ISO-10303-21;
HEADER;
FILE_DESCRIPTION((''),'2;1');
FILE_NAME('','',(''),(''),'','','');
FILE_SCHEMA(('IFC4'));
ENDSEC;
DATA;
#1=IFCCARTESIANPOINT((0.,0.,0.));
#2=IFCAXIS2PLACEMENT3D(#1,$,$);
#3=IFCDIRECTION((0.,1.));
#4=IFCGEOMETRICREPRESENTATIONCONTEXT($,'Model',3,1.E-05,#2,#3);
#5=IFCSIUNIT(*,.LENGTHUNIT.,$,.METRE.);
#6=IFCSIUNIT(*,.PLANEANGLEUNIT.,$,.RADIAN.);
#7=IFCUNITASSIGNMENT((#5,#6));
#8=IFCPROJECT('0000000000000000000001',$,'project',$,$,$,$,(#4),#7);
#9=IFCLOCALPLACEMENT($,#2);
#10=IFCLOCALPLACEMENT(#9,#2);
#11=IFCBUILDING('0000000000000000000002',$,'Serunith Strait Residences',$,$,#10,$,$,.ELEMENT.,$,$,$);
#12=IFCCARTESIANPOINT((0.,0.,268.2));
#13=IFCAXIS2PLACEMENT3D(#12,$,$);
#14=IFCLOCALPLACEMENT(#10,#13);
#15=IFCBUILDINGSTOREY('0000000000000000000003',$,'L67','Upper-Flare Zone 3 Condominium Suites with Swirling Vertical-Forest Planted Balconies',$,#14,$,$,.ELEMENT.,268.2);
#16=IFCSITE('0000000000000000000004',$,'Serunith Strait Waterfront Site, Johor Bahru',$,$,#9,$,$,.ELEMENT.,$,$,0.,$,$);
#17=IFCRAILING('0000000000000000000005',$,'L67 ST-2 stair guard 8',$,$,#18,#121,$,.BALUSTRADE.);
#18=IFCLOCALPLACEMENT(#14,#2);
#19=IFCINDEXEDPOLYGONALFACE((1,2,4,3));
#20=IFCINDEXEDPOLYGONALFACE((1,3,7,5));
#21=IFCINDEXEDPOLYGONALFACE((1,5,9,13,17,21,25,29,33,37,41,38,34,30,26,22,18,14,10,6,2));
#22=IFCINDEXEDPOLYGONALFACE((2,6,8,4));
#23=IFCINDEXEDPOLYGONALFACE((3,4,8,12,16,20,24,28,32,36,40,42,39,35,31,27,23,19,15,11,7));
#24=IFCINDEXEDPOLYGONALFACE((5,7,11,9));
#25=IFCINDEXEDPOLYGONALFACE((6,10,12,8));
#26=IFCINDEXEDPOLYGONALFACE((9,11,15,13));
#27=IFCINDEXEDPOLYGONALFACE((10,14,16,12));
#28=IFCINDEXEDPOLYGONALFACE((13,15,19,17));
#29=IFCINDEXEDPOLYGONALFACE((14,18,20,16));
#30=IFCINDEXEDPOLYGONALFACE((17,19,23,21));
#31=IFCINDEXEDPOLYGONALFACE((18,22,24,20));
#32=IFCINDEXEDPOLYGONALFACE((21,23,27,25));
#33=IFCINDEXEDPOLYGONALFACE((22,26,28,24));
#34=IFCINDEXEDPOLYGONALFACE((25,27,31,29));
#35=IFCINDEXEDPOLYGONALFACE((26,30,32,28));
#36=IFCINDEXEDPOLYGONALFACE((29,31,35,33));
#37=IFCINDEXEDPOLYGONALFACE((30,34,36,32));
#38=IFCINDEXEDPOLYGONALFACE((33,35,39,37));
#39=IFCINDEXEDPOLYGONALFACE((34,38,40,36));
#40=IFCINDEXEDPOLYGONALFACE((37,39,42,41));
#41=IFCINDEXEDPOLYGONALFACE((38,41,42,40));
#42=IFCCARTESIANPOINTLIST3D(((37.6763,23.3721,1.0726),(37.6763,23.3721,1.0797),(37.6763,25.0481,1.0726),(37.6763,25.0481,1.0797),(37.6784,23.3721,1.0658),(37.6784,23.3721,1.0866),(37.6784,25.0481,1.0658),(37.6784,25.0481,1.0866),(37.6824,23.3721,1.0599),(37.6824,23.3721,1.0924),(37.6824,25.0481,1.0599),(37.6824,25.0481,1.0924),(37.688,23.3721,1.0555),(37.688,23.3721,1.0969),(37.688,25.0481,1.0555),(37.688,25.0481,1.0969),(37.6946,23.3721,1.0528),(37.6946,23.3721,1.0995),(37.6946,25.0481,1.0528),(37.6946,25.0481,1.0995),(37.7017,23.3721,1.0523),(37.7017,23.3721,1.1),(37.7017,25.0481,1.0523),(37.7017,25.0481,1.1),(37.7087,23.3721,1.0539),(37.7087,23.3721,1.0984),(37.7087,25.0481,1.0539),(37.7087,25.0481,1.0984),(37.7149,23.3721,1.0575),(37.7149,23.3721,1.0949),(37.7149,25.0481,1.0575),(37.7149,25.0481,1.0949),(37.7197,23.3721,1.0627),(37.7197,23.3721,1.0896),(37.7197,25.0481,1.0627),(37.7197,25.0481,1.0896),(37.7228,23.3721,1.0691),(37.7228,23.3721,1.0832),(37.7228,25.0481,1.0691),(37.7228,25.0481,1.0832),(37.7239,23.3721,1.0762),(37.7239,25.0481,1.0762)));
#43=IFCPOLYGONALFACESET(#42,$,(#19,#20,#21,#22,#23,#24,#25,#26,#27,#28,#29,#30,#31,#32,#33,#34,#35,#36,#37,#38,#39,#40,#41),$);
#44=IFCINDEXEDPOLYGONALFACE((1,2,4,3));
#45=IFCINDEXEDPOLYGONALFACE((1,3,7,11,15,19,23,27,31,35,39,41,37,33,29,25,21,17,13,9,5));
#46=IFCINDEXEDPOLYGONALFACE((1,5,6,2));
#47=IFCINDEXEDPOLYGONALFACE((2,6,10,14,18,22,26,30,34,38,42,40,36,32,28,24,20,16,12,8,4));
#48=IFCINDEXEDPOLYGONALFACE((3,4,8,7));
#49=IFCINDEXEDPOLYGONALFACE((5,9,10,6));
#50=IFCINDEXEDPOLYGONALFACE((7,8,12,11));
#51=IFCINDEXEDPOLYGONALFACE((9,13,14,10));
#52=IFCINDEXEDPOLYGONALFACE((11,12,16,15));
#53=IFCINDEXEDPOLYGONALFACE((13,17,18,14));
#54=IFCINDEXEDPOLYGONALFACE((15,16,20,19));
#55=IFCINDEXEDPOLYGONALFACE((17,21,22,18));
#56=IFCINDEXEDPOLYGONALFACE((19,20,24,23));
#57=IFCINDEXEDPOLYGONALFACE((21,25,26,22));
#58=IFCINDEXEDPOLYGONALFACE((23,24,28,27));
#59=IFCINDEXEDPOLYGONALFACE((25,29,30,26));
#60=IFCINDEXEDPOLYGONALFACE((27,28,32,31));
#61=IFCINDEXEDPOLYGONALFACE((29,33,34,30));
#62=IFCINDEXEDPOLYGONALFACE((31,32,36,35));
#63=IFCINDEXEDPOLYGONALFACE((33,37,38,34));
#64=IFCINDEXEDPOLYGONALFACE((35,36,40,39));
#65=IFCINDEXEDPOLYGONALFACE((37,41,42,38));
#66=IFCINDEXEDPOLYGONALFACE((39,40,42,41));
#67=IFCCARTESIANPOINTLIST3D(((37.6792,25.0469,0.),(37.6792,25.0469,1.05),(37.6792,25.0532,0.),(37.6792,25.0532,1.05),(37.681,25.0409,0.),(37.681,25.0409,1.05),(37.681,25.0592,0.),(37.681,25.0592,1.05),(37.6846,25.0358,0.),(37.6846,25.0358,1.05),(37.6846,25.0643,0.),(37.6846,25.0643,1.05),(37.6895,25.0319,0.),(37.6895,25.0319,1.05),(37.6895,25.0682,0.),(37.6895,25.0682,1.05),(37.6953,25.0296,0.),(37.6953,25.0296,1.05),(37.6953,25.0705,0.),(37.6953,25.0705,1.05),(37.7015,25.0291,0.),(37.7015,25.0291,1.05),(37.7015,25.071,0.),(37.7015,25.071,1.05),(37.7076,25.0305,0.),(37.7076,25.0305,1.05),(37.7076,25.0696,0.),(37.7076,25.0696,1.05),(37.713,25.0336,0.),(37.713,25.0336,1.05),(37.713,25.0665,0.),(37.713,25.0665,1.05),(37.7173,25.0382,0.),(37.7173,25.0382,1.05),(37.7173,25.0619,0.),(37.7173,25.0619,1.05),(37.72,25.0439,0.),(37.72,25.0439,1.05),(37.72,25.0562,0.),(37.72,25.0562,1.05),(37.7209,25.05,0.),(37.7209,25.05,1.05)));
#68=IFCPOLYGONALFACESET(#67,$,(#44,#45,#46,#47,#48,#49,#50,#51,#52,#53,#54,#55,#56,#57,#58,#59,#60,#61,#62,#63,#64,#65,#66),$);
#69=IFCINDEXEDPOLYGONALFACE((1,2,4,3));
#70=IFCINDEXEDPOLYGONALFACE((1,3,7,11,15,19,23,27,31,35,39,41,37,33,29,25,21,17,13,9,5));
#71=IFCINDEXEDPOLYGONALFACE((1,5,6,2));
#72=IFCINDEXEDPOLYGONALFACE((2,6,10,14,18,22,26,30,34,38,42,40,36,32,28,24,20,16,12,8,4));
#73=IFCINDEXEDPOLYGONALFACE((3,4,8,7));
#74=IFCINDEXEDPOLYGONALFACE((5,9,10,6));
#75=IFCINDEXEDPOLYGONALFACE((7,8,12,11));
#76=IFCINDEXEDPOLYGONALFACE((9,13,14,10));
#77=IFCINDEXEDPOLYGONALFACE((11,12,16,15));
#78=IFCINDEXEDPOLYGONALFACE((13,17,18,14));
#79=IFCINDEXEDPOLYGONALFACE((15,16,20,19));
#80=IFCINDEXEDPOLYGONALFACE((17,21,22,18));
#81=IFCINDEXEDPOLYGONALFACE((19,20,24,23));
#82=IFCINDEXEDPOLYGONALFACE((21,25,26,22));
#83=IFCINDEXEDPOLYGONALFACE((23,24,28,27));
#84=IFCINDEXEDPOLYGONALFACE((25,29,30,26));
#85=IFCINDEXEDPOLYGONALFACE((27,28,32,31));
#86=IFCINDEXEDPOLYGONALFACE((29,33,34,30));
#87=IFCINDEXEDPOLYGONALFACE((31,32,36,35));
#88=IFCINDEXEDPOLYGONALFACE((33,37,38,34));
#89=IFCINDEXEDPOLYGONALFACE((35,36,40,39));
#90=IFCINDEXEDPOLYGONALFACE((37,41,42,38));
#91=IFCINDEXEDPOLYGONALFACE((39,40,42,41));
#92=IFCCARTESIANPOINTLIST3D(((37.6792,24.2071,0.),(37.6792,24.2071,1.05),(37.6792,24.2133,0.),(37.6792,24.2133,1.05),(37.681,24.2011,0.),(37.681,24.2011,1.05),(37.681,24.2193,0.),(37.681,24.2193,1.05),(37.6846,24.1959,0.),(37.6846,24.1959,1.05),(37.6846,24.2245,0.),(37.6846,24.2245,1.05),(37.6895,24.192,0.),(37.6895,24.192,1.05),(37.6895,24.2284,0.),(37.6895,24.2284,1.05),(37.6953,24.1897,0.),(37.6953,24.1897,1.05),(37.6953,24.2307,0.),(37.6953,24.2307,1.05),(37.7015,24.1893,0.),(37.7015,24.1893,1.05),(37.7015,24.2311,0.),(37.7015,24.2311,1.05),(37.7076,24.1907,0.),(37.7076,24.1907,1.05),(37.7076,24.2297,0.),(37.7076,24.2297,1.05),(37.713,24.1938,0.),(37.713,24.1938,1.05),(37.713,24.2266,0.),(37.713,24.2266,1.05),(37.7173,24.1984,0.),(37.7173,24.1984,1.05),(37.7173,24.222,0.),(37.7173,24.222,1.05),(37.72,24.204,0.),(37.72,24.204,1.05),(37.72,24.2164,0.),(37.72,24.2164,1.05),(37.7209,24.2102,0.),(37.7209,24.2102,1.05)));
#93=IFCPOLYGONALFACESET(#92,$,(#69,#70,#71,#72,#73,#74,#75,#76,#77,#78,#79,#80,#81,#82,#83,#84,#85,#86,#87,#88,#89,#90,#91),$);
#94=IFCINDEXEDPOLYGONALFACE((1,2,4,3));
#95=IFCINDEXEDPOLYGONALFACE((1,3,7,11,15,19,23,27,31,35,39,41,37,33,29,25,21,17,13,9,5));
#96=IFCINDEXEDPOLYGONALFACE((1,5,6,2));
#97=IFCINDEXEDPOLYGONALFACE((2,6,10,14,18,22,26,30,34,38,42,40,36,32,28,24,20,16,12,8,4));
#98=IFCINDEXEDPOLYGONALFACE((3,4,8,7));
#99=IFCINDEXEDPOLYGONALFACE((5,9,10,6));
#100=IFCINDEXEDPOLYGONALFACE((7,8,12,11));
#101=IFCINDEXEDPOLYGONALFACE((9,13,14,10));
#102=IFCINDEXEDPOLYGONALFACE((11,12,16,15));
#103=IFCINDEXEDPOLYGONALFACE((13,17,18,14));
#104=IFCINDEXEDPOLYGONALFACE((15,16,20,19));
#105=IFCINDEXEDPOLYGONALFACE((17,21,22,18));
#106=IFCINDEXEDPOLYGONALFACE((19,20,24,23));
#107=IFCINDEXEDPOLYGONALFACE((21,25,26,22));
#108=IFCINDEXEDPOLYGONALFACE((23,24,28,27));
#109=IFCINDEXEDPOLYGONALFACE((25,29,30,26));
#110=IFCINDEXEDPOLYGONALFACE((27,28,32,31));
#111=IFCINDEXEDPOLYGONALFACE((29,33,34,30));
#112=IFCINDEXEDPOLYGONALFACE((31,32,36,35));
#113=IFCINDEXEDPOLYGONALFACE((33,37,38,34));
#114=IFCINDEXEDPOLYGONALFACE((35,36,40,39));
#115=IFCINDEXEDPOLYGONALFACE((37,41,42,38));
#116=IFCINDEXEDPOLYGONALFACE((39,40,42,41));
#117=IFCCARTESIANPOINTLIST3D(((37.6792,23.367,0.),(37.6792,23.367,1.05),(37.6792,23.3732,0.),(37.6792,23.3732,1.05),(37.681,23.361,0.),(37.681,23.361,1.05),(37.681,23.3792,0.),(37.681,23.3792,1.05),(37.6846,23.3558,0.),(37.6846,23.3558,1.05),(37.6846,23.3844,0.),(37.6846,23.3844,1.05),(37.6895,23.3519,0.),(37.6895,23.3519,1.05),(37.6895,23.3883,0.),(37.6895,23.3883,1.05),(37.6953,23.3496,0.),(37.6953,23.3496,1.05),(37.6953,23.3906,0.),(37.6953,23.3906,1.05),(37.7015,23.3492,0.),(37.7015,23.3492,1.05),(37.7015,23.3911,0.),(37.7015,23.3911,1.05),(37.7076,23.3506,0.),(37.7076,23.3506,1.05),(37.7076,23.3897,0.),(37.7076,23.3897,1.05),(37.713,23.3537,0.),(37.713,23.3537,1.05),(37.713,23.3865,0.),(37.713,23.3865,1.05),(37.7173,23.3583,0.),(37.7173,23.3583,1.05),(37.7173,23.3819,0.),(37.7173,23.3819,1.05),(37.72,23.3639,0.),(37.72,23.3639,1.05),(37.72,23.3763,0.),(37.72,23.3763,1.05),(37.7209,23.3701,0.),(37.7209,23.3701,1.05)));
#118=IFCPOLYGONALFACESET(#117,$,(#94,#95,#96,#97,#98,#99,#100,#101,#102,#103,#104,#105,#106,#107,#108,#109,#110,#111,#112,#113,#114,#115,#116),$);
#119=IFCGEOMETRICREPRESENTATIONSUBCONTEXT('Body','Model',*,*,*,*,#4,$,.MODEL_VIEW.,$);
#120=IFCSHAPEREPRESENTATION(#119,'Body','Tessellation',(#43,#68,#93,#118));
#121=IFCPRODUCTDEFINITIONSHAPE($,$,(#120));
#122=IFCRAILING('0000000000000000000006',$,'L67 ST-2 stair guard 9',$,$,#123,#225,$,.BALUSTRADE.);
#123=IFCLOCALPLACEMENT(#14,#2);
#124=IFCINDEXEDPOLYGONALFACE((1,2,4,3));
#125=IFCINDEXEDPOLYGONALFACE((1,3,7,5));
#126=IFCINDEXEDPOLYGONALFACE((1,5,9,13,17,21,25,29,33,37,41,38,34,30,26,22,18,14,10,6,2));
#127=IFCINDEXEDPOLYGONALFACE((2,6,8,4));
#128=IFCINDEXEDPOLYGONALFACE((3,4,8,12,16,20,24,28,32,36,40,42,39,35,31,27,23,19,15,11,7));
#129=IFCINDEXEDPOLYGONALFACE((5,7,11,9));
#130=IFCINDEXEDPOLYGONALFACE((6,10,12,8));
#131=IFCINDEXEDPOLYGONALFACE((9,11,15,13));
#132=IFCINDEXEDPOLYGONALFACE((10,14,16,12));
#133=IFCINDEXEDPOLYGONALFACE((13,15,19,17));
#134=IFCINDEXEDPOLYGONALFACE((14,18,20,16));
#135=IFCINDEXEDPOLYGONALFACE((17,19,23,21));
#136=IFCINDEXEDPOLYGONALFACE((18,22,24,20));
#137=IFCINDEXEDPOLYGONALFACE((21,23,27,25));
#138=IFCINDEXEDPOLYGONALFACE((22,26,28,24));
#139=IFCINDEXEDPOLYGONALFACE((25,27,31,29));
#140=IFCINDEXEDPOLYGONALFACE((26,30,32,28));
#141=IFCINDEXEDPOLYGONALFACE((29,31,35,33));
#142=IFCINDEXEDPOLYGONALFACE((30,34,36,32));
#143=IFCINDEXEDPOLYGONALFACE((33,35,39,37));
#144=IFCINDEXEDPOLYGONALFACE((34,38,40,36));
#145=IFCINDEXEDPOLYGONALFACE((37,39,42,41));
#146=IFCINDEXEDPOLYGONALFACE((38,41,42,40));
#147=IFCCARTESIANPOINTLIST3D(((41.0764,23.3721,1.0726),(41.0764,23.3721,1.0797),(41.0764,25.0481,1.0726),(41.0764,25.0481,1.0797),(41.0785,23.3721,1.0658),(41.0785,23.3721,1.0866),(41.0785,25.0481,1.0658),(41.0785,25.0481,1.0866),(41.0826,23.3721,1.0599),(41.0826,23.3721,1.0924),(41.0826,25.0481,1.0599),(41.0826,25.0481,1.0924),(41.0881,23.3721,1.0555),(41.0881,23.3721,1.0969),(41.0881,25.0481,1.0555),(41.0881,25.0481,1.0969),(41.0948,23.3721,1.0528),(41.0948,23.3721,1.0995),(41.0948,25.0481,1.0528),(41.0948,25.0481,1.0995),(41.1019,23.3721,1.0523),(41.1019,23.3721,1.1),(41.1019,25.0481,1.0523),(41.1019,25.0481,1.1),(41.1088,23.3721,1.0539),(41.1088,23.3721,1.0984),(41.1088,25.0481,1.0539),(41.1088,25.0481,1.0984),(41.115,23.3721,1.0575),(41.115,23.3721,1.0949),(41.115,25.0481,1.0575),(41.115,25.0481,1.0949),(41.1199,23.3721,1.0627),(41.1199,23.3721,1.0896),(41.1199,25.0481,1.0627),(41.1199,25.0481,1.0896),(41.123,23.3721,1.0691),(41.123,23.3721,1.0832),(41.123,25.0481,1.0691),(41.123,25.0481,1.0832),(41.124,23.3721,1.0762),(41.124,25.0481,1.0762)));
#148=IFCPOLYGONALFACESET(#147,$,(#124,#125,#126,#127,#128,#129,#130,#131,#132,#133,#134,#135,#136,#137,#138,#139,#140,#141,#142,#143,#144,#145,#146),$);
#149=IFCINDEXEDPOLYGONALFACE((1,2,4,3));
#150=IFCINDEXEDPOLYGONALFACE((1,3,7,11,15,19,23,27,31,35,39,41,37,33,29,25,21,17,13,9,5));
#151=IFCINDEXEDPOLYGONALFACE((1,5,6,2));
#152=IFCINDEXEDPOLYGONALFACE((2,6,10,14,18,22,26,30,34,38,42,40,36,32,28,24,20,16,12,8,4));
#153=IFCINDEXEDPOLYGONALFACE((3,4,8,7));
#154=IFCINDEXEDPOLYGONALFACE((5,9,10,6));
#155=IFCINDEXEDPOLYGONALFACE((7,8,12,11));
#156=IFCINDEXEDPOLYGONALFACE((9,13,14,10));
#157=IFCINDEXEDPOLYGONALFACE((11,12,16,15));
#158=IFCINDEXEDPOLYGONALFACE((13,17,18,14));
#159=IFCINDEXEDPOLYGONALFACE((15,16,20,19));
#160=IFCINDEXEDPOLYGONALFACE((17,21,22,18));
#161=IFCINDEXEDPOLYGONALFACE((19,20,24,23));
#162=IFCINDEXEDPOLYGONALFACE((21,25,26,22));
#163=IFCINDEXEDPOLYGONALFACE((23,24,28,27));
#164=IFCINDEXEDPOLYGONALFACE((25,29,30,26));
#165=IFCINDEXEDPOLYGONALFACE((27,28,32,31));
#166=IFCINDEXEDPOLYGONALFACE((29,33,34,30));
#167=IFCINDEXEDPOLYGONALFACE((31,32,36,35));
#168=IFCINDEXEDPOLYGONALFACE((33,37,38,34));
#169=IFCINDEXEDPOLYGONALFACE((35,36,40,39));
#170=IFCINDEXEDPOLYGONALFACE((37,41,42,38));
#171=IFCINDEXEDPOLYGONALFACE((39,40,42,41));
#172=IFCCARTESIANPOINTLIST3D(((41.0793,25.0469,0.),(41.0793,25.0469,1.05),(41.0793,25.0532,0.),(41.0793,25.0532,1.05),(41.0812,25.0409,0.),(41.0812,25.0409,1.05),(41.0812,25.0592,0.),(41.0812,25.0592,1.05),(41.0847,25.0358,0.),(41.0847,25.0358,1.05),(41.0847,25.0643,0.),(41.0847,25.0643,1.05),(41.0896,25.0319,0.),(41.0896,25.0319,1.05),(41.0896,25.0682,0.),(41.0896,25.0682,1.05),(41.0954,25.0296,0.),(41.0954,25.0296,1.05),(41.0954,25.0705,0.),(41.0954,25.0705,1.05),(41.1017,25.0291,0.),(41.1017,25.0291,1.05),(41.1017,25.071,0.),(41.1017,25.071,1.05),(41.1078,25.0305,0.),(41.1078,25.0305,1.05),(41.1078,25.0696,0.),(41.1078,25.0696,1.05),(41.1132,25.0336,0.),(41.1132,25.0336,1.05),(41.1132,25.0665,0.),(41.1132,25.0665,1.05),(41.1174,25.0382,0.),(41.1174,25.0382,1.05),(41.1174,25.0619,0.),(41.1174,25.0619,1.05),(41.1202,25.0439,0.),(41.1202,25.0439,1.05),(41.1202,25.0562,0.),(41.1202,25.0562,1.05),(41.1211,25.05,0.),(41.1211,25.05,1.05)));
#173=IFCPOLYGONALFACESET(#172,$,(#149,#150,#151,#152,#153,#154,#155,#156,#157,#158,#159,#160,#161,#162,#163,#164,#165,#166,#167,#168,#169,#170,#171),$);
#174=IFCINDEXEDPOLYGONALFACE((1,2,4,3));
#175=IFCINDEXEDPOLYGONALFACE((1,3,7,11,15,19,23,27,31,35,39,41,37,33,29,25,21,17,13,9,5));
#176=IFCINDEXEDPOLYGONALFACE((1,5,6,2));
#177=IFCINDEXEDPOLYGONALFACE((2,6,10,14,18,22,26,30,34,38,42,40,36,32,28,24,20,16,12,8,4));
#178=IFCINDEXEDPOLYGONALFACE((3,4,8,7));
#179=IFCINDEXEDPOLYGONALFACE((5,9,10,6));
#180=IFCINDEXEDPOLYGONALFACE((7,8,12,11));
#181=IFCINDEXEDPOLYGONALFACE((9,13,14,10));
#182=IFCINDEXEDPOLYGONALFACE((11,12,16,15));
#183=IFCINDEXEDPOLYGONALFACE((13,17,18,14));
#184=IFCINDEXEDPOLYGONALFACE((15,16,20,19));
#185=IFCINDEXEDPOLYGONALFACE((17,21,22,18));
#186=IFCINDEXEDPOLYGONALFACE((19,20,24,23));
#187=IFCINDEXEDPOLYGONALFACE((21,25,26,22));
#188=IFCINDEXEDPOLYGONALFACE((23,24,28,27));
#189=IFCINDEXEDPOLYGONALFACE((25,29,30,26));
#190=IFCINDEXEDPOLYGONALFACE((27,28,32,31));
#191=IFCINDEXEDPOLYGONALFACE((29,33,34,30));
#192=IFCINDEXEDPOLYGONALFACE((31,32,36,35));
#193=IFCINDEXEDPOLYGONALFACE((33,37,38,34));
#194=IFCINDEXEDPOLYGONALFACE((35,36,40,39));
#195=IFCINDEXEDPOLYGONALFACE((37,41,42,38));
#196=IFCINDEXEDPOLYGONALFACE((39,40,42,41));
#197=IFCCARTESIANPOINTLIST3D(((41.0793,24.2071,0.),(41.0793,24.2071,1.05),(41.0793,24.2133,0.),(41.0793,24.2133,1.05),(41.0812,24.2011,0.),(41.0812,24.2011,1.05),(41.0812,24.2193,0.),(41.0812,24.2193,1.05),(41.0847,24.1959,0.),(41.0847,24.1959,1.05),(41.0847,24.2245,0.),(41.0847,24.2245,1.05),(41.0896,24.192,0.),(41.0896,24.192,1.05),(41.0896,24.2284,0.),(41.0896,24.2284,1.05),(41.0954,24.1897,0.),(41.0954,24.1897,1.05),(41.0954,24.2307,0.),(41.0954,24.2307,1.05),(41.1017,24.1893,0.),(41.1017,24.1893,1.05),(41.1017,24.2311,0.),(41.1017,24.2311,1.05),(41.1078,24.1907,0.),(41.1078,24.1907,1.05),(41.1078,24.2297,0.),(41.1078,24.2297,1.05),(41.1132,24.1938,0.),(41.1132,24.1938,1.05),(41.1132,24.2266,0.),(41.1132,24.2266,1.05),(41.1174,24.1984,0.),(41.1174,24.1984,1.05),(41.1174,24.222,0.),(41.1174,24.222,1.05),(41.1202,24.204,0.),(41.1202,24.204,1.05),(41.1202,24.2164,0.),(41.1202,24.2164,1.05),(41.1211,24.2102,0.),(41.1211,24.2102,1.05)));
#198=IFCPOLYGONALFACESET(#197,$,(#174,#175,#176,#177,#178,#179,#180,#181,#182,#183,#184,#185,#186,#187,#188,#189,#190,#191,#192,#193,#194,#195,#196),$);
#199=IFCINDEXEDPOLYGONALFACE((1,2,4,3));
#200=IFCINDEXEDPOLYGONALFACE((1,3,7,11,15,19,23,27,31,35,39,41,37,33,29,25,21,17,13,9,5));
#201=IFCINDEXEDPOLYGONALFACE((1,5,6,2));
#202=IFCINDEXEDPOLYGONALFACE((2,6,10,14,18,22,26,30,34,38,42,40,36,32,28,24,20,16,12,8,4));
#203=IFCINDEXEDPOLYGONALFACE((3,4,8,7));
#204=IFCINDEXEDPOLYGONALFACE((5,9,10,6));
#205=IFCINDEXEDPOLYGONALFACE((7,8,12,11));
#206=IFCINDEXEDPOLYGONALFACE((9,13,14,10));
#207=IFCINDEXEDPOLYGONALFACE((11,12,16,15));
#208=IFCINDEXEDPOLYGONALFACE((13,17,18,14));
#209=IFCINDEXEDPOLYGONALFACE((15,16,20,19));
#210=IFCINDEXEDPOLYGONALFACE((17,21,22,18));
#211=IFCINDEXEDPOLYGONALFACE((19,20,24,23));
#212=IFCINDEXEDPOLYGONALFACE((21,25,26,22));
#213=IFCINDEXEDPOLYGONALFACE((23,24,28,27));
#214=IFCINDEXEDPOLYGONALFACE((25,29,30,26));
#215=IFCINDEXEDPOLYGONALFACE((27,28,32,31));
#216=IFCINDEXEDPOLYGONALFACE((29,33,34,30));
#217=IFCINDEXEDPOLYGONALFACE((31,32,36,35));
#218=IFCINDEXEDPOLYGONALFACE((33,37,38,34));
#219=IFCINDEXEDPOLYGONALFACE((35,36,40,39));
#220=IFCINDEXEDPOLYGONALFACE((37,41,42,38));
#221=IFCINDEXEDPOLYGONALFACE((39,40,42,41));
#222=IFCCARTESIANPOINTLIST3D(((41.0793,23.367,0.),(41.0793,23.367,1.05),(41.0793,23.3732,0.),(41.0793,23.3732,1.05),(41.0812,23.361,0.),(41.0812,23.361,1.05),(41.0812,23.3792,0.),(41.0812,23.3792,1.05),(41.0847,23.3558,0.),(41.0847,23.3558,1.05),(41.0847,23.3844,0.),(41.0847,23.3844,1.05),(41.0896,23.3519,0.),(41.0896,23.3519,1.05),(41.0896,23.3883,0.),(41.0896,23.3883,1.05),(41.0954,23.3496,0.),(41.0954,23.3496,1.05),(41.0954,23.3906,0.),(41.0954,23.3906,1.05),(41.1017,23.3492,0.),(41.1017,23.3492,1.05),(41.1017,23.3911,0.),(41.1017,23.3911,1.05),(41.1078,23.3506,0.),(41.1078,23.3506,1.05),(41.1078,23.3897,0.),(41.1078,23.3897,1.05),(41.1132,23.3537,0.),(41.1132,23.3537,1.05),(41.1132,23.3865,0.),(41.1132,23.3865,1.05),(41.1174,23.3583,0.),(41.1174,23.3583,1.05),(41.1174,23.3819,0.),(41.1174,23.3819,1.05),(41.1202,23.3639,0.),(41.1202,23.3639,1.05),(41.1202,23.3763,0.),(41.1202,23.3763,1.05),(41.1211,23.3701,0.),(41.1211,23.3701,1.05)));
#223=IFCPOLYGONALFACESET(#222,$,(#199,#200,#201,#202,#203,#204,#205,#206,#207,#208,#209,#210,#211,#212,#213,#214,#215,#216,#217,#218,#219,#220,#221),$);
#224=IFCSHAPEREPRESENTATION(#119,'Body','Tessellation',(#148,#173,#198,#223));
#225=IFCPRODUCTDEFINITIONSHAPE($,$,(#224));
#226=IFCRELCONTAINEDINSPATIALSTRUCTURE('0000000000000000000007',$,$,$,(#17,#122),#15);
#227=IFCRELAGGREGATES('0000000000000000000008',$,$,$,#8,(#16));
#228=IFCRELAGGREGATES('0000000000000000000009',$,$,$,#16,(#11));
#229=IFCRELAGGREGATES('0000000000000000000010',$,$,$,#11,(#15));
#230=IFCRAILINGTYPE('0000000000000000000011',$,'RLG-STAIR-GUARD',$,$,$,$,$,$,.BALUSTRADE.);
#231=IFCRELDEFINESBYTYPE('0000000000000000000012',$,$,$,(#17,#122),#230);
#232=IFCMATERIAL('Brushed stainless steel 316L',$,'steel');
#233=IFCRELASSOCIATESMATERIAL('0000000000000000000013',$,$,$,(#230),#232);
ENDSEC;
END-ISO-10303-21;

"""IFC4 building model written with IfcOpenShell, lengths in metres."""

from ifc_helpers import new_model, si_unit, direction, frame, origin, origin_2d, place, context, subcontext, project, spatial, circle, extrude, material, type_object, element, save


model = new_model("IFC4")

# Units and contexts
model_context = context("Model", 3, precision=1e-05, world=origin(), true_north=direction((0.0, 1.0)))
body_context = subcontext(model_context, "Body", "Model", "MODEL_VIEW")
ifc_project = project(units=[si_unit("LENGTHUNIT", "METRE"), si_unit("PLANEANGLEUNIT", "RADIAN")], contexts=[model_context])

# Site, building, storey
site_placement = place(None, origin())
site = spatial("IfcSite", under=ifc_project, at=site_placement, Name="Serunith Strait Waterfront Site, Johor Bahru", CompositionType="ELEMENT", RefElevation=0.0)
building_placement = place(site_placement, origin())
building = spatial("IfcBuilding", under=site, at=building_placement, Name="Serunith Strait Residences", CompositionType="ELEMENT")
storey_placement = place(building_placement, frame((0.0, 0.0, 268.2)))
storey = spatial("IfcBuildingStorey", under=building, at=storey_placement, Name="L67", Description="Upper-Flare Zone 3 Condominium Suites with Swirling Vertical-Forest Planted Balconies", CompositionType="ELEMENT", Elevation=268.2)

# Railings
ifc_material_1 = material(Name="Brushed stainless steel 316L", Category="steel")
railing_type = type_object("IfcRailingType", Name="RLG-STAIR-GUARD", PredefinedType="BALUSTRADE", material=ifc_material_1)
for number, where, name in (
    (1, (37.7, 25.05, 0.0), "L67 ST-2 stair guard 8"),
    (2, (41.1001, 25.05, 0.0), "L67 ST-2 stair guard 9"),
):
    element("IfcRailing", number, at=place(storey_placement, frame(where)), inside=storey, type_object=railing_type, Name=name, PredefinedType="BALUSTRADE", context=body_context, shape_type="SweptSolid", body=[
        extrude(circle(Radius=0.0239, at=origin_2d()), frame((0.0, -0.002, 1.0762), z_axis=(0.0, -1.0, 0.0), x_axis=(1.0, 0.0, 0.0)), (0.0, 0.0, 1.0), 1.676),
        extrude(circle(Radius=0.021, at=origin_2d()), origin(), (0.0, 0.0, 1.0), 1.05),
        extrude(circle(Radius=0.021, at=origin_2d()), frame((0.0, -0.8398, 0.0)), (0.0, 0.0, 1.0), 1.05),
        extrude(circle(Radius=0.021, at=origin_2d()), frame((0.0, -1.6799, 0.0)), (0.0, 0.0, 1.0), 1.05),
    ])

save(model, "model.ifc")
